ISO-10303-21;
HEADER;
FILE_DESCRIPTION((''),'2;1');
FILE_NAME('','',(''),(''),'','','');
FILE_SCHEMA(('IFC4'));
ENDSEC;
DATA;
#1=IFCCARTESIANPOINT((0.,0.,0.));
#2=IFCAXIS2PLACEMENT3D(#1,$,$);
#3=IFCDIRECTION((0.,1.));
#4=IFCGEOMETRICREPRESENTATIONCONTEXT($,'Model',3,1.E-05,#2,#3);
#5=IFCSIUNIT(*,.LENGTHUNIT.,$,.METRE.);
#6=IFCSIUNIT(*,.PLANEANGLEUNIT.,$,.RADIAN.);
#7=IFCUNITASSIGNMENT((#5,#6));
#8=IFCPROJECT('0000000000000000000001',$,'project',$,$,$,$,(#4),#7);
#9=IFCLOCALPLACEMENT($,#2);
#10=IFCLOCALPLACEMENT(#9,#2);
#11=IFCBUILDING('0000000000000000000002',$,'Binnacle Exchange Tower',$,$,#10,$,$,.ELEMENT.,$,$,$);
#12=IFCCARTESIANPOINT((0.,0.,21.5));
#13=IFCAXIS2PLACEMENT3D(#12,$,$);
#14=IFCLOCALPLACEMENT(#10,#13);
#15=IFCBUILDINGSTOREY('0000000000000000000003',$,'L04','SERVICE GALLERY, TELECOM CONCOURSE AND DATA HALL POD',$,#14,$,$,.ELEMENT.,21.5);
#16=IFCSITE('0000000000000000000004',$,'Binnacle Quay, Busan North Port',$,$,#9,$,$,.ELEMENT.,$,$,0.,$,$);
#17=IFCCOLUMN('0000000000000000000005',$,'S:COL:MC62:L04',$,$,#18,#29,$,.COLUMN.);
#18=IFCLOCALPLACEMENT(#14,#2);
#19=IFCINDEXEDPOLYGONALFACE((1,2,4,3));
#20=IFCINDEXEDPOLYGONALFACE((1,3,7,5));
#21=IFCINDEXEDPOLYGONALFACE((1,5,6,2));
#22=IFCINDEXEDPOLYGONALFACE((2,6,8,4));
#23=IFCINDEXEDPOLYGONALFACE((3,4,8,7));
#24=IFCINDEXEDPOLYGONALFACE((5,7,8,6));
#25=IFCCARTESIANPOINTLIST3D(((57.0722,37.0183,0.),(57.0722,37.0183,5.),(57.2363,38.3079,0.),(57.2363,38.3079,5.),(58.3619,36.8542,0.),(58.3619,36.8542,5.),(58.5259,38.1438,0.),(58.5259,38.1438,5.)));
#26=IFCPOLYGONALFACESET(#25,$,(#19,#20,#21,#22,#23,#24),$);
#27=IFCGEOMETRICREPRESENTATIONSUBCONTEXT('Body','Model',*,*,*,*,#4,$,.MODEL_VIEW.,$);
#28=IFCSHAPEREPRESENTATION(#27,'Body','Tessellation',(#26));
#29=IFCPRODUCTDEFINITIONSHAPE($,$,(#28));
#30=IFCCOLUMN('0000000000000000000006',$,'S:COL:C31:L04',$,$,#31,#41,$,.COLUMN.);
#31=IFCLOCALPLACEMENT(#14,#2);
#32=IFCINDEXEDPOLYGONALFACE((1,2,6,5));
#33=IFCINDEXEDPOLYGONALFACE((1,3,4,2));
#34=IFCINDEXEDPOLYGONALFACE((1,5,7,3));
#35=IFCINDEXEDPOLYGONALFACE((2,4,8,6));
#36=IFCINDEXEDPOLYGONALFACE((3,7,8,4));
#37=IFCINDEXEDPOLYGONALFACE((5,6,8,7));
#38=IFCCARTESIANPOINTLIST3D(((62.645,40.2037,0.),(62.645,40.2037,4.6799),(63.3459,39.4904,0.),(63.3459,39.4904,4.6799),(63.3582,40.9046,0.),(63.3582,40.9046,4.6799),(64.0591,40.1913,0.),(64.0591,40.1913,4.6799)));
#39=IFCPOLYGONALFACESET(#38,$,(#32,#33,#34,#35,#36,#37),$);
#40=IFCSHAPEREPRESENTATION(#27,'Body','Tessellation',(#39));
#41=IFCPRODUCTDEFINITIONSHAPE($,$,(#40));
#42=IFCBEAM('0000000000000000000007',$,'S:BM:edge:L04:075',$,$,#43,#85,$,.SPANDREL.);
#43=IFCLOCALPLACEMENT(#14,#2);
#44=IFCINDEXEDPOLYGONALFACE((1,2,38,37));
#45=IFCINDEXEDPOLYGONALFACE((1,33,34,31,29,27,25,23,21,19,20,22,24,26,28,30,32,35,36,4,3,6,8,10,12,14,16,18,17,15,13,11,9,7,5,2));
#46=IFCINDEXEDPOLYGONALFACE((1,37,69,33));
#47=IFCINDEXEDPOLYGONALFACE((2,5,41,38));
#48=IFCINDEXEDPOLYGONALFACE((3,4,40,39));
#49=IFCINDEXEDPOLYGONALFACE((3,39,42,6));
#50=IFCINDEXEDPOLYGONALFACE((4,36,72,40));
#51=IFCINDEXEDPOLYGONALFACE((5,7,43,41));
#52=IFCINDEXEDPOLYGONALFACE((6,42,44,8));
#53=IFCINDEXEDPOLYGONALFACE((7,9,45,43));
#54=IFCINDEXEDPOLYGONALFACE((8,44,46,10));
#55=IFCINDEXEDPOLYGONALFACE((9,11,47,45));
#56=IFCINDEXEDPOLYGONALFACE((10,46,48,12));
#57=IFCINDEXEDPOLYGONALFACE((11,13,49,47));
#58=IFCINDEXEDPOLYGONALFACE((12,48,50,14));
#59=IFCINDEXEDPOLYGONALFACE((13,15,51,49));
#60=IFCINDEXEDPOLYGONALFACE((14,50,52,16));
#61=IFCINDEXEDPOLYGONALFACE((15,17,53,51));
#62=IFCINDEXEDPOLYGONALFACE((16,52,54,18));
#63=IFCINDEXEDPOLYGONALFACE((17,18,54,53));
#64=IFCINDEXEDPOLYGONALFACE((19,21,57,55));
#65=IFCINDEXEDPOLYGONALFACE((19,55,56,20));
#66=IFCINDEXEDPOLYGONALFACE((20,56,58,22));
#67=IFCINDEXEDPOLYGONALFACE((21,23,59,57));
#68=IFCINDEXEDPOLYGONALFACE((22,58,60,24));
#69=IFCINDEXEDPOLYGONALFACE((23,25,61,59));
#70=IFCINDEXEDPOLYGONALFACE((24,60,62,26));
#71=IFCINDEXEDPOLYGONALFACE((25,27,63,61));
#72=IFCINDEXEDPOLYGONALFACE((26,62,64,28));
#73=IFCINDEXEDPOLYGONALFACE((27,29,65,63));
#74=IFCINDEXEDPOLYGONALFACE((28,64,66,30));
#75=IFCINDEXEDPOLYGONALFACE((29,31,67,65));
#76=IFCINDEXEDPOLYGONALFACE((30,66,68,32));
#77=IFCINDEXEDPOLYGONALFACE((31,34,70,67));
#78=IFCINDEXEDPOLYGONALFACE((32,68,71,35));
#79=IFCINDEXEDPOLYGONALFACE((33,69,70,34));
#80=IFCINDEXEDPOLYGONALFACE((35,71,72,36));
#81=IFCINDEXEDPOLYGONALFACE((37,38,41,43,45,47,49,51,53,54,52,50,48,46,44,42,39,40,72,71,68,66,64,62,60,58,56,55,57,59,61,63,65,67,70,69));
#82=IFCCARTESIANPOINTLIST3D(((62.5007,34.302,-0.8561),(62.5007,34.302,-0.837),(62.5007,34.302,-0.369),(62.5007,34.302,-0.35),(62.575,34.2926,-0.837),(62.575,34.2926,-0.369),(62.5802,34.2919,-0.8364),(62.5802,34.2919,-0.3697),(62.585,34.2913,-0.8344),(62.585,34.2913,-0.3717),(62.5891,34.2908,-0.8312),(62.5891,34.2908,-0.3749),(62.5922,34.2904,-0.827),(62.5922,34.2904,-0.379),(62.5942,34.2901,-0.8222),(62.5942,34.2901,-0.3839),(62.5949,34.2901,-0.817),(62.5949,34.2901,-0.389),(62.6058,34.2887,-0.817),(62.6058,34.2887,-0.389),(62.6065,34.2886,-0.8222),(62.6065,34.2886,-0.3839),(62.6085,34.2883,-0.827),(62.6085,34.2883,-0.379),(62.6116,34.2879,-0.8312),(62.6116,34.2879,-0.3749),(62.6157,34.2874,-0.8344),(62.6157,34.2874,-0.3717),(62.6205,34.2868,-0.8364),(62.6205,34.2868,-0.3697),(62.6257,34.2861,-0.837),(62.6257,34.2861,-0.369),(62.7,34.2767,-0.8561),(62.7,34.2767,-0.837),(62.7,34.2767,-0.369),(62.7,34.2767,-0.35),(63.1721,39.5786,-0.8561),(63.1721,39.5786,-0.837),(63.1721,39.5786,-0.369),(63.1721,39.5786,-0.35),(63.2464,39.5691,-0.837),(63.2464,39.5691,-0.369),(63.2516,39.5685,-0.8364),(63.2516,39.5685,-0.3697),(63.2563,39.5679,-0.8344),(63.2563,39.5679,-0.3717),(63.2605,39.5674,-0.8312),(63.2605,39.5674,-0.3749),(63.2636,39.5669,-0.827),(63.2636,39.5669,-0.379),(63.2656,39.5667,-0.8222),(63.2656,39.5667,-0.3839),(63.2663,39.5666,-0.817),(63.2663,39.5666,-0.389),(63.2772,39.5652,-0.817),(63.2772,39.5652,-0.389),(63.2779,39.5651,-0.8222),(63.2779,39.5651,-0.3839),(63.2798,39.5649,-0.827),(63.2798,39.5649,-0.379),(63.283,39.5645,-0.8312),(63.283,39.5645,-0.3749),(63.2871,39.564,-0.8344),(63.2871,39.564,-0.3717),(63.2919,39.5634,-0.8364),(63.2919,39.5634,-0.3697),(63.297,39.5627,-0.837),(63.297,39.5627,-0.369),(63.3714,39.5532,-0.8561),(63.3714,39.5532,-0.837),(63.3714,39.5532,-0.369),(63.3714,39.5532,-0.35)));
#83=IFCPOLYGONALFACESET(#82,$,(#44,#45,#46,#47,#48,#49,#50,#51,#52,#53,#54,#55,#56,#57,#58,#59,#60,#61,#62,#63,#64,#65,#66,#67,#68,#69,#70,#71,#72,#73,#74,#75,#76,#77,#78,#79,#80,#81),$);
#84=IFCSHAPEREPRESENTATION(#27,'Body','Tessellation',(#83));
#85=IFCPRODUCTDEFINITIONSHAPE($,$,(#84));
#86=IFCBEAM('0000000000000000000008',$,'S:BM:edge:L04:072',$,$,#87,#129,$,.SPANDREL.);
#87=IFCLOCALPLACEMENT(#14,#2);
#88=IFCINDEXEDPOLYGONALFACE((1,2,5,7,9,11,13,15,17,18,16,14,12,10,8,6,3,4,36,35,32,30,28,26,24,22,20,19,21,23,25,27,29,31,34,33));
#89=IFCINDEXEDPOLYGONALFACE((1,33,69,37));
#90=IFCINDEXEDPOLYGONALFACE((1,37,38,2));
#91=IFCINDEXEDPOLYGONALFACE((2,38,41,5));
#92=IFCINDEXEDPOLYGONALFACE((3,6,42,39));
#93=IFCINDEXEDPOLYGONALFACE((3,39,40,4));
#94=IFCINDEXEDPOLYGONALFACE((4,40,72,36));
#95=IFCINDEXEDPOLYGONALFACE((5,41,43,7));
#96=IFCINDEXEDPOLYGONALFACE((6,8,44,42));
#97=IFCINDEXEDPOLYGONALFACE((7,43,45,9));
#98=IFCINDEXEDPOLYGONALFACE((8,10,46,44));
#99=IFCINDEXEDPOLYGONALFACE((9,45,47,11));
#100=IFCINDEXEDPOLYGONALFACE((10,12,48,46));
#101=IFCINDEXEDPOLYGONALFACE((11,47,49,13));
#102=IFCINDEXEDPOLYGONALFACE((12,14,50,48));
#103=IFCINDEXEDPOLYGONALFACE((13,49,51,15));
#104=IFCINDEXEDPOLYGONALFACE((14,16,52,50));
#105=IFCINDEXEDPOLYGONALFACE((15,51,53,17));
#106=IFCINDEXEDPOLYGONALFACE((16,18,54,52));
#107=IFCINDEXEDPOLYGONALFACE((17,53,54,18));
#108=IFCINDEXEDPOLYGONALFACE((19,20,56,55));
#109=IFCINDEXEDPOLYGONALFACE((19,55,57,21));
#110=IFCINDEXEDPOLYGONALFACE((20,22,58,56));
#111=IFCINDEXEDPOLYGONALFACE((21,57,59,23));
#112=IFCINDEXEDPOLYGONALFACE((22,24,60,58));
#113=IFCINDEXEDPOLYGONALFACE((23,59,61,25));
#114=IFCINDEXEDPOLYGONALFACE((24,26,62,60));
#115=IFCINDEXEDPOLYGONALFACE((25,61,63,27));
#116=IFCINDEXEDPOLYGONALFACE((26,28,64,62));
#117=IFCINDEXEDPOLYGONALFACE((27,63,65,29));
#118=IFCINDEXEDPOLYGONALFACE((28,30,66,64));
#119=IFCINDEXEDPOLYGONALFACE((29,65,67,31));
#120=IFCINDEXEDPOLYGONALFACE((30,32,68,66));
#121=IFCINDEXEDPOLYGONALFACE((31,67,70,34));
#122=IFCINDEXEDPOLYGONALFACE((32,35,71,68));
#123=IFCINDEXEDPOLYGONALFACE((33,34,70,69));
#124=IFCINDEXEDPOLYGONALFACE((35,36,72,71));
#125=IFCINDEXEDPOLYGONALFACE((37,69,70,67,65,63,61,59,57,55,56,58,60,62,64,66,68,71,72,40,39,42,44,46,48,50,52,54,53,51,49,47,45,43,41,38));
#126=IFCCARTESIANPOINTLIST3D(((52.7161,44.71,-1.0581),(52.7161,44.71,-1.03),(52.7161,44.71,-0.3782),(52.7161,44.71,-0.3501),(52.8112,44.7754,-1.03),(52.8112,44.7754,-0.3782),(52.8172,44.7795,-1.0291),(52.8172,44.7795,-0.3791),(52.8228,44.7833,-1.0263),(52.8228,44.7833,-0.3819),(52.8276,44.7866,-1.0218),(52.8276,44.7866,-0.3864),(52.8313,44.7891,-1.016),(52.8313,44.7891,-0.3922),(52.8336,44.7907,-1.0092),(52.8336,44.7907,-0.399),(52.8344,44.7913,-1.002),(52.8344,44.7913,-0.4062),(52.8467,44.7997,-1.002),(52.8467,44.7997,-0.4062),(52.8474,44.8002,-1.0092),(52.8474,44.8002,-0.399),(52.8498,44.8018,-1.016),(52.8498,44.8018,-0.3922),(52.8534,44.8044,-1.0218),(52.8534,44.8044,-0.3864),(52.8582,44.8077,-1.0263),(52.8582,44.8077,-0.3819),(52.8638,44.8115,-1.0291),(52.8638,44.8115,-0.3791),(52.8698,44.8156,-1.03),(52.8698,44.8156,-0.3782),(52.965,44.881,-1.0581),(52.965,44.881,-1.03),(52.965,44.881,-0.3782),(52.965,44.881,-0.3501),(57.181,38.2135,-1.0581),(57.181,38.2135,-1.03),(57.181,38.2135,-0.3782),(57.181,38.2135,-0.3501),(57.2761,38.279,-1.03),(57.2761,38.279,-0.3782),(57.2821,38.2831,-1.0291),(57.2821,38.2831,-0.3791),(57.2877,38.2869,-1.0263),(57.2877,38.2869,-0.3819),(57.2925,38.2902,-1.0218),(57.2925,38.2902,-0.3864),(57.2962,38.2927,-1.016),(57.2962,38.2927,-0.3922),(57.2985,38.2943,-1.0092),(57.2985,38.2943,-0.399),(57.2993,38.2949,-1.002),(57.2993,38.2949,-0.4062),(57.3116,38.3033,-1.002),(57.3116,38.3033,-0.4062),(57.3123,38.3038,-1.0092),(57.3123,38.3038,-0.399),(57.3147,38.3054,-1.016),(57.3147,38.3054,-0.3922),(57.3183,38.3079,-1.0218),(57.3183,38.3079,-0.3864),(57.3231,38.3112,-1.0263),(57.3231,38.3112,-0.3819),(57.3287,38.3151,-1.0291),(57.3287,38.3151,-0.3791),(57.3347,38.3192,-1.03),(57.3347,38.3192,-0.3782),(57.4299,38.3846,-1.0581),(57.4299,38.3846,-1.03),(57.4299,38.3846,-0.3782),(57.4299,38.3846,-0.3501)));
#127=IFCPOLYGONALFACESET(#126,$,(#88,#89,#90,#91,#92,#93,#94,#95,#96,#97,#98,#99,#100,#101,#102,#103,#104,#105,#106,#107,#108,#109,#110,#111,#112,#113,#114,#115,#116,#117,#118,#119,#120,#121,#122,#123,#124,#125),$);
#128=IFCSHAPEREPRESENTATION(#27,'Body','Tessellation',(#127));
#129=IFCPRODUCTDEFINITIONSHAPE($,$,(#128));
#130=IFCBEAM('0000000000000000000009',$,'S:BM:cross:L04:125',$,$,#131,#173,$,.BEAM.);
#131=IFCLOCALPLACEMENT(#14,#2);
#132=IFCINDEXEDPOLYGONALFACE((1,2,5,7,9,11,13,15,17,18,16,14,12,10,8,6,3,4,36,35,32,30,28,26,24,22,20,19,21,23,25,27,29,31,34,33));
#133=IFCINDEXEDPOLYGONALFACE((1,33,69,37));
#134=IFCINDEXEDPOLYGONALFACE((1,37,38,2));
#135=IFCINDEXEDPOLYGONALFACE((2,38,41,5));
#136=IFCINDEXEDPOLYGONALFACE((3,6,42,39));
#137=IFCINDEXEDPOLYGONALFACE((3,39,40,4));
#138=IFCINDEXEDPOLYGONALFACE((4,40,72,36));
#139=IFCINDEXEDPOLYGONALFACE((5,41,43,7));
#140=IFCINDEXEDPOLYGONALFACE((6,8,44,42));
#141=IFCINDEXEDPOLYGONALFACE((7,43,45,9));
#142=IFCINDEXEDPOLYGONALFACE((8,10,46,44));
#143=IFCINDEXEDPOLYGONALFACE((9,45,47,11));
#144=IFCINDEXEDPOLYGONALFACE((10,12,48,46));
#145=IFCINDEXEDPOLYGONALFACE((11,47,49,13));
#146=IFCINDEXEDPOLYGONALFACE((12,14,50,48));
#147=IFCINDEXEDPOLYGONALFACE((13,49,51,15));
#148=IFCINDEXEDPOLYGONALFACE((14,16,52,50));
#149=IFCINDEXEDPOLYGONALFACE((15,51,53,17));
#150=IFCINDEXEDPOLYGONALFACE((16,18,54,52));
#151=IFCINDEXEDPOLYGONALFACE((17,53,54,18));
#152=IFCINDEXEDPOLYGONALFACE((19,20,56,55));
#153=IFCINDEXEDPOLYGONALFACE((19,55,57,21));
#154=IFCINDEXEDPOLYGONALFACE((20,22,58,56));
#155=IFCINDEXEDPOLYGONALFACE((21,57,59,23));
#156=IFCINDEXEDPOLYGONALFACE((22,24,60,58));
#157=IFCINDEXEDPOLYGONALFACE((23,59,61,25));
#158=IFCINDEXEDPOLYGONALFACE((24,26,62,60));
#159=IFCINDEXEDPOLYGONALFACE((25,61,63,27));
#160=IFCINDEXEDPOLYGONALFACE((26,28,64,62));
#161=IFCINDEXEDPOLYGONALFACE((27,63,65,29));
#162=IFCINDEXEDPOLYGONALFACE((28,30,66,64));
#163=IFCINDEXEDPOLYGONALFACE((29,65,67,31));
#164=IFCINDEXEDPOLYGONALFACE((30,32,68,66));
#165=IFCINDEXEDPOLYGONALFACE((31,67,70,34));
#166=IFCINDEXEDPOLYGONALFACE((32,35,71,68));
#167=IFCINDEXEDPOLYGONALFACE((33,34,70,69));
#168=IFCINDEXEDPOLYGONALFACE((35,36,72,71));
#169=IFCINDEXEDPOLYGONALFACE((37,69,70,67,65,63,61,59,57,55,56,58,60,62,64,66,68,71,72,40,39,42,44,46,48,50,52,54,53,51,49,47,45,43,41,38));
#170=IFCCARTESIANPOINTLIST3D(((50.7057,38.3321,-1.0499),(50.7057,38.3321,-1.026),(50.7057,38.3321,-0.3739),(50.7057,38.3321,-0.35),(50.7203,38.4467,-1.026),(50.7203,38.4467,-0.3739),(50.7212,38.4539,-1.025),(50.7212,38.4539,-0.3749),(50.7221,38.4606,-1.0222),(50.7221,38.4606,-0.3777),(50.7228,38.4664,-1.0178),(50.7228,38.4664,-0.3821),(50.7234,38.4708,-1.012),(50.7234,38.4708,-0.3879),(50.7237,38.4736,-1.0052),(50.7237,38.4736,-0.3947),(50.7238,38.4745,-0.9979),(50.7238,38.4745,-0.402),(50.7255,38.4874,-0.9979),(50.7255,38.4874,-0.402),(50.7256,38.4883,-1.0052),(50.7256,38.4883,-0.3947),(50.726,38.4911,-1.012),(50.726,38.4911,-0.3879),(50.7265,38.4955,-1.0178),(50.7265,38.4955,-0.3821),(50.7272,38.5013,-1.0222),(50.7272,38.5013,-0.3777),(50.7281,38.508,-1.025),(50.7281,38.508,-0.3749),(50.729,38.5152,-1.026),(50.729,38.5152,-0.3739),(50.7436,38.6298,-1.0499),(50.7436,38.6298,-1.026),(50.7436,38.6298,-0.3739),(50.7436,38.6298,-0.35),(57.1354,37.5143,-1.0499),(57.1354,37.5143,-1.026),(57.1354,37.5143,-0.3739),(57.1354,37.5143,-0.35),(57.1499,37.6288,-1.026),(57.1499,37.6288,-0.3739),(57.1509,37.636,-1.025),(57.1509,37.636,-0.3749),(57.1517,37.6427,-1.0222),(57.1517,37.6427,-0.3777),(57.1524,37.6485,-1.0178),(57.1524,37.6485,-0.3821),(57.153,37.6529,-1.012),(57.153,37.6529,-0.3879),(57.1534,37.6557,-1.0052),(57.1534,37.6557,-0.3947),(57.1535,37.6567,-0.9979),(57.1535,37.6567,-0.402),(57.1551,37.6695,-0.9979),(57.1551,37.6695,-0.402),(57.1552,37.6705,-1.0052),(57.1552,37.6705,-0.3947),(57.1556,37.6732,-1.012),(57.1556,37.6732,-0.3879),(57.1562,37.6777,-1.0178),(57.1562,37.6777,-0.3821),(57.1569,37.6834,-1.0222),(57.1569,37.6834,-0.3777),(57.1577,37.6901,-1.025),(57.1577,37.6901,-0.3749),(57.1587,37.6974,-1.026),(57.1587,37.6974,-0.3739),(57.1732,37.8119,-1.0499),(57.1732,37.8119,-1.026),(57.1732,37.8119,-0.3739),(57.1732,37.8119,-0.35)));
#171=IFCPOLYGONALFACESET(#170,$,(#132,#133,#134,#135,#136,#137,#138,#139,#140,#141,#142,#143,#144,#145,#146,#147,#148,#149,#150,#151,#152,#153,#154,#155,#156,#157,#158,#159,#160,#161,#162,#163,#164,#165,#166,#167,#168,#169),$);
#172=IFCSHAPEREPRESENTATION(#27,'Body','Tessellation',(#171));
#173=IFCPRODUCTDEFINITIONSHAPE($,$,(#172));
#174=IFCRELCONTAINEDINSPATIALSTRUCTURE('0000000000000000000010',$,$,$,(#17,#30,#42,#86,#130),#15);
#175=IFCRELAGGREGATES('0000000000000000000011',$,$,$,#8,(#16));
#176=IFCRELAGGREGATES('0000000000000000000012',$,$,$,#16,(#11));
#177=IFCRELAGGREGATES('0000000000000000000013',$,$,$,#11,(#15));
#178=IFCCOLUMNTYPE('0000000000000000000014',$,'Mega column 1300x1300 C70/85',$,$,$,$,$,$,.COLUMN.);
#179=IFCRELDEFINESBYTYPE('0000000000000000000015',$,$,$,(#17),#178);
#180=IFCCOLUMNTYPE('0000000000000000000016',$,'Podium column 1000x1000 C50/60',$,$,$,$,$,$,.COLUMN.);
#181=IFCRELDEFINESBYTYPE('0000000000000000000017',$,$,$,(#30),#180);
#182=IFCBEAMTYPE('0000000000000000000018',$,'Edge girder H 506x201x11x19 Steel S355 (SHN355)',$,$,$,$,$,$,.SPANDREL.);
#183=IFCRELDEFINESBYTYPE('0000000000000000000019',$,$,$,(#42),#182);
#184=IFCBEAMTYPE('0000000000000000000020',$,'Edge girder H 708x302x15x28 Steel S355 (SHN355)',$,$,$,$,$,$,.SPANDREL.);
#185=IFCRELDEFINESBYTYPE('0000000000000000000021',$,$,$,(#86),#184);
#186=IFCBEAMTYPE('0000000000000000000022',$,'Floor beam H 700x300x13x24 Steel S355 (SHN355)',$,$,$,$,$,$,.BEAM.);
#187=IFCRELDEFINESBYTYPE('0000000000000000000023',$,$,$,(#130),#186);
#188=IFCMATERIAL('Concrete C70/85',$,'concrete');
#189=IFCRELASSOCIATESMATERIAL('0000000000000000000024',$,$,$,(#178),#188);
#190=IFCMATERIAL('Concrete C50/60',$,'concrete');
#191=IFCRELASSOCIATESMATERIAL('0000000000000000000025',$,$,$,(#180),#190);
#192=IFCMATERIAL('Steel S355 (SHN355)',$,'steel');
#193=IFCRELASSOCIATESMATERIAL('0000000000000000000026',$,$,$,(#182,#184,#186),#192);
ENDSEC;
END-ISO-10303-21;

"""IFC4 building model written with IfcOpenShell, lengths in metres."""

from ifc_helpers import new_model, si_unit, direction, frame, origin, origin_2d, place, context, subcontext, project, spatial, rectangle, i_section, extrude, material, material_profile, profile_set, type_object, element, save


model = new_model("IFC4")

# Units and contexts
model_context = context("Model", 3, precision=1e-05, world=origin(), true_north=direction((0.0, 1.0)))
body_context = subcontext(model_context, "Body", "Model", "MODEL_VIEW")
ifc_project = project(units=[si_unit("LENGTHUNIT", "METRE"), si_unit("PLANEANGLEUNIT", "RADIAN")], contexts=[model_context])

# Site, building, storey
site_placement = place(None, origin())
site = spatial("IfcSite", under=ifc_project, at=site_placement, Name="Binnacle Quay, Busan North Port", CompositionType="ELEMENT", RefElevation=0.0)
building_placement = place(site_placement, origin())
building = spatial("IfcBuilding", under=site, at=building_placement, Name="Binnacle Exchange Tower", CompositionType="ELEMENT")
storey_placement = place(building_placement, frame((0.0, 0.0, 21.5)))
storey = spatial("IfcBuildingStorey", under=building, at=storey_placement, Name="L04", Description="SERVICE GALLERY, TELECOM CONCOURSE AND DATA HALL POD", CompositionType="ELEMENT", Elevation=21.5)

# Columns
ifc_material_1 = material(Name="Concrete C70/85", Category="concrete")
ifc_material_profile_1 = material_profile(ifc_material_1, rectangle(XDim=1.3, YDim=1.3, at=origin_2d()), Name="Mega column 1300x1300 C70/85")
ifc_profile_set_1 = profile_set([ifc_material_profile_1], Name="Concrete C70/85")
column_type_1 = type_object("IfcColumnType", Name="Mega column 1300x1300 C70/85", PredefinedType="COLUMN", material=ifc_profile_set_1)
column_1_placement = place(storey_placement, frame((57.7991, 37.5811, 0.0), z_axis=(0.0, 0.0, 1.0), x_axis=(0.126199, 0.992005, 0.0)))
element("IfcColumn", 1, at=column_1_placement, inside=storey, type_object=column_type_1, Name="S:COL:MC62:L04", PredefinedType="COLUMN", context=body_context, shape_type="SweptSolid", body=[
    extrude(rectangle(XDim=1.3, YDim=1.3, at=origin_2d()), origin(), (0.0, 0.0, 1.0), 5.0),
])
ifc_material_2 = material(Name="Concrete C50/60", Category="concrete")
ifc_material_profile_2 = material_profile(ifc_material_2, rectangle(XDim=1.0, YDim=1.0, at=origin_2d()), Name="Podium column 1000x1000 C50/60")
ifc_profile_set_2 = profile_set([ifc_material_profile_2], Name="Concrete C50/60")
column_type_2 = type_object("IfcColumnType", Name="Podium column 1000x1000 C50/60", PredefinedType="COLUMN", material=ifc_profile_set_2)
column_2_placement = place(storey_placement, frame((63.3521, 40.1975, 0.0), z_axis=(0.0, 0.0, 1.0), x_axis=(-0.700909, 0.71325, 0.0)))
element("IfcColumn", 2, at=column_2_placement, inside=storey, type_object=column_type_2, Name="S:COL:C31:L04", PredefinedType="COLUMN", context=body_context, shape_type="SweptSolid", body=[
    extrude(rectangle(XDim=1.0, YDim=1.0, at=origin_2d()), origin(), (0.0, 0.0, 1.0), 4.6799),
])

# Beams
ifc_material_3 = material(Name="Steel S355 (SHN355)", Category="steel")
ifc_material_profile_3 = material_profile(ifc_material_3, i_section(OverallWidth=0.2009, OverallDepth=0.5061, WebThickness=0.011, FlangeThickness=0.019, FilletRadius=0.02, at=origin_2d()), Name="H 506x201x11x19")
ifc_profile_set_3 = profile_set([ifc_material_profile_3], Name="Steel S355 (SHN355)")
beam_type_1 = type_object("IfcBeamType", Name="Edge girder H 506x201x11x19 Steel S355 (SHN355)", PredefinedType="SPANDREL", material=ifc_profile_set_3)
beam_1_placement = place(storey_placement, frame((63.2717, 39.5659, -0.603), z_axis=(-0.126221, -0.992002, 0.0), x_axis=(0.992002, -0.126221, 0.0)))
element("IfcBeam", 3, at=beam_1_placement, inside=storey, type_object=beam_type_1, Name="S:BM:edge:L04:075", PredefinedType="SPANDREL", context=body_context, shape_type="SweptSolid", body=[
    extrude(i_section(OverallWidth=0.2009, OverallDepth=0.5061, WebThickness=0.011, FlangeThickness=0.019, FilletRadius=0.02, at=origin_2d()), origin(), (0.0, 0.0, 1.0), 5.3191),
])
ifc_material_profile_4 = material_profile(ifc_material_3, i_section(OverallWidth=0.302, OverallDepth=0.708, WebThickness=0.0149, FlangeThickness=0.0281, FilletRadius=0.0281, at=origin_2d()), Name="H 708x302x15x28")
ifc_profile_set_4 = profile_set([ifc_material_profile_4], Name="Steel S355 (SHN355)")
beam_type_2 = type_object("IfcBeamType", Name="Edge girder H 708x302x15x28 Steel S355 (SHN355)", PredefinedType="SPANDREL", material=ifc_profile_set_4)
beam_2_placement = place(storey_placement, frame((57.3054, 38.2991, -0.7041), z_axis=(-0.566409, 0.824124, 0.0), x_axis=(-0.824124, -0.566409, 0.0)))
element("IfcBeam", 4, at=beam_2_placement, inside=storey, type_object=beam_type_2, Name="S:BM:edge:L04:072", PredefinedType="SPANDREL", context=body_context, shape_type="SweptSolid", body=[
    extrude(i_section(OverallWidth=0.302, OverallDepth=0.708, WebThickness=0.0149, FlangeThickness=0.0281, FilletRadius=0.0281, at=origin_2d()), origin(), (0.0, 0.0, 1.0), 7.8828),
])
ifc_material_profile_5 = material_profile(ifc_material_3, i_section(OverallWidth=0.3, OverallDepth=0.7, WebThickness=0.0129, FlangeThickness=0.0239, FilletRadius=0.0281, at=origin_2d()), Name="H 700x300x13x24")
ifc_profile_set_5 = profile_set([ifc_material_profile_5], Name="Steel S355 (SHN355)")
beam_type_3 = type_object("IfcBeamType", Name="Floor beam H 700x300x13x24 Steel S355 (SHN355)", PredefinedType="BEAM", material=ifc_profile_set_5)
beam_3_placement = place(storey_placement, frame((57.1543, 37.6631, -0.7), z_axis=(-0.992007, 0.126186, 0.0), x_axis=(-0.126186, -0.992007, 0.0)))
element("IfcBeam", 5, at=beam_3_placement, inside=storey, type_object=beam_type_3, Name="S:BM:cross:L04:125", PredefinedType="BEAM", context=body_context, shape_type="SweptSolid", body=[
    extrude(i_section(OverallWidth=0.3, OverallDepth=0.7, WebThickness=0.0129, FlangeThickness=0.0239, FilletRadius=0.0281, at=origin_2d()), origin(), (0.0, 0.0, 1.0), 6.4814),
])

save(model, "model.ifc")
